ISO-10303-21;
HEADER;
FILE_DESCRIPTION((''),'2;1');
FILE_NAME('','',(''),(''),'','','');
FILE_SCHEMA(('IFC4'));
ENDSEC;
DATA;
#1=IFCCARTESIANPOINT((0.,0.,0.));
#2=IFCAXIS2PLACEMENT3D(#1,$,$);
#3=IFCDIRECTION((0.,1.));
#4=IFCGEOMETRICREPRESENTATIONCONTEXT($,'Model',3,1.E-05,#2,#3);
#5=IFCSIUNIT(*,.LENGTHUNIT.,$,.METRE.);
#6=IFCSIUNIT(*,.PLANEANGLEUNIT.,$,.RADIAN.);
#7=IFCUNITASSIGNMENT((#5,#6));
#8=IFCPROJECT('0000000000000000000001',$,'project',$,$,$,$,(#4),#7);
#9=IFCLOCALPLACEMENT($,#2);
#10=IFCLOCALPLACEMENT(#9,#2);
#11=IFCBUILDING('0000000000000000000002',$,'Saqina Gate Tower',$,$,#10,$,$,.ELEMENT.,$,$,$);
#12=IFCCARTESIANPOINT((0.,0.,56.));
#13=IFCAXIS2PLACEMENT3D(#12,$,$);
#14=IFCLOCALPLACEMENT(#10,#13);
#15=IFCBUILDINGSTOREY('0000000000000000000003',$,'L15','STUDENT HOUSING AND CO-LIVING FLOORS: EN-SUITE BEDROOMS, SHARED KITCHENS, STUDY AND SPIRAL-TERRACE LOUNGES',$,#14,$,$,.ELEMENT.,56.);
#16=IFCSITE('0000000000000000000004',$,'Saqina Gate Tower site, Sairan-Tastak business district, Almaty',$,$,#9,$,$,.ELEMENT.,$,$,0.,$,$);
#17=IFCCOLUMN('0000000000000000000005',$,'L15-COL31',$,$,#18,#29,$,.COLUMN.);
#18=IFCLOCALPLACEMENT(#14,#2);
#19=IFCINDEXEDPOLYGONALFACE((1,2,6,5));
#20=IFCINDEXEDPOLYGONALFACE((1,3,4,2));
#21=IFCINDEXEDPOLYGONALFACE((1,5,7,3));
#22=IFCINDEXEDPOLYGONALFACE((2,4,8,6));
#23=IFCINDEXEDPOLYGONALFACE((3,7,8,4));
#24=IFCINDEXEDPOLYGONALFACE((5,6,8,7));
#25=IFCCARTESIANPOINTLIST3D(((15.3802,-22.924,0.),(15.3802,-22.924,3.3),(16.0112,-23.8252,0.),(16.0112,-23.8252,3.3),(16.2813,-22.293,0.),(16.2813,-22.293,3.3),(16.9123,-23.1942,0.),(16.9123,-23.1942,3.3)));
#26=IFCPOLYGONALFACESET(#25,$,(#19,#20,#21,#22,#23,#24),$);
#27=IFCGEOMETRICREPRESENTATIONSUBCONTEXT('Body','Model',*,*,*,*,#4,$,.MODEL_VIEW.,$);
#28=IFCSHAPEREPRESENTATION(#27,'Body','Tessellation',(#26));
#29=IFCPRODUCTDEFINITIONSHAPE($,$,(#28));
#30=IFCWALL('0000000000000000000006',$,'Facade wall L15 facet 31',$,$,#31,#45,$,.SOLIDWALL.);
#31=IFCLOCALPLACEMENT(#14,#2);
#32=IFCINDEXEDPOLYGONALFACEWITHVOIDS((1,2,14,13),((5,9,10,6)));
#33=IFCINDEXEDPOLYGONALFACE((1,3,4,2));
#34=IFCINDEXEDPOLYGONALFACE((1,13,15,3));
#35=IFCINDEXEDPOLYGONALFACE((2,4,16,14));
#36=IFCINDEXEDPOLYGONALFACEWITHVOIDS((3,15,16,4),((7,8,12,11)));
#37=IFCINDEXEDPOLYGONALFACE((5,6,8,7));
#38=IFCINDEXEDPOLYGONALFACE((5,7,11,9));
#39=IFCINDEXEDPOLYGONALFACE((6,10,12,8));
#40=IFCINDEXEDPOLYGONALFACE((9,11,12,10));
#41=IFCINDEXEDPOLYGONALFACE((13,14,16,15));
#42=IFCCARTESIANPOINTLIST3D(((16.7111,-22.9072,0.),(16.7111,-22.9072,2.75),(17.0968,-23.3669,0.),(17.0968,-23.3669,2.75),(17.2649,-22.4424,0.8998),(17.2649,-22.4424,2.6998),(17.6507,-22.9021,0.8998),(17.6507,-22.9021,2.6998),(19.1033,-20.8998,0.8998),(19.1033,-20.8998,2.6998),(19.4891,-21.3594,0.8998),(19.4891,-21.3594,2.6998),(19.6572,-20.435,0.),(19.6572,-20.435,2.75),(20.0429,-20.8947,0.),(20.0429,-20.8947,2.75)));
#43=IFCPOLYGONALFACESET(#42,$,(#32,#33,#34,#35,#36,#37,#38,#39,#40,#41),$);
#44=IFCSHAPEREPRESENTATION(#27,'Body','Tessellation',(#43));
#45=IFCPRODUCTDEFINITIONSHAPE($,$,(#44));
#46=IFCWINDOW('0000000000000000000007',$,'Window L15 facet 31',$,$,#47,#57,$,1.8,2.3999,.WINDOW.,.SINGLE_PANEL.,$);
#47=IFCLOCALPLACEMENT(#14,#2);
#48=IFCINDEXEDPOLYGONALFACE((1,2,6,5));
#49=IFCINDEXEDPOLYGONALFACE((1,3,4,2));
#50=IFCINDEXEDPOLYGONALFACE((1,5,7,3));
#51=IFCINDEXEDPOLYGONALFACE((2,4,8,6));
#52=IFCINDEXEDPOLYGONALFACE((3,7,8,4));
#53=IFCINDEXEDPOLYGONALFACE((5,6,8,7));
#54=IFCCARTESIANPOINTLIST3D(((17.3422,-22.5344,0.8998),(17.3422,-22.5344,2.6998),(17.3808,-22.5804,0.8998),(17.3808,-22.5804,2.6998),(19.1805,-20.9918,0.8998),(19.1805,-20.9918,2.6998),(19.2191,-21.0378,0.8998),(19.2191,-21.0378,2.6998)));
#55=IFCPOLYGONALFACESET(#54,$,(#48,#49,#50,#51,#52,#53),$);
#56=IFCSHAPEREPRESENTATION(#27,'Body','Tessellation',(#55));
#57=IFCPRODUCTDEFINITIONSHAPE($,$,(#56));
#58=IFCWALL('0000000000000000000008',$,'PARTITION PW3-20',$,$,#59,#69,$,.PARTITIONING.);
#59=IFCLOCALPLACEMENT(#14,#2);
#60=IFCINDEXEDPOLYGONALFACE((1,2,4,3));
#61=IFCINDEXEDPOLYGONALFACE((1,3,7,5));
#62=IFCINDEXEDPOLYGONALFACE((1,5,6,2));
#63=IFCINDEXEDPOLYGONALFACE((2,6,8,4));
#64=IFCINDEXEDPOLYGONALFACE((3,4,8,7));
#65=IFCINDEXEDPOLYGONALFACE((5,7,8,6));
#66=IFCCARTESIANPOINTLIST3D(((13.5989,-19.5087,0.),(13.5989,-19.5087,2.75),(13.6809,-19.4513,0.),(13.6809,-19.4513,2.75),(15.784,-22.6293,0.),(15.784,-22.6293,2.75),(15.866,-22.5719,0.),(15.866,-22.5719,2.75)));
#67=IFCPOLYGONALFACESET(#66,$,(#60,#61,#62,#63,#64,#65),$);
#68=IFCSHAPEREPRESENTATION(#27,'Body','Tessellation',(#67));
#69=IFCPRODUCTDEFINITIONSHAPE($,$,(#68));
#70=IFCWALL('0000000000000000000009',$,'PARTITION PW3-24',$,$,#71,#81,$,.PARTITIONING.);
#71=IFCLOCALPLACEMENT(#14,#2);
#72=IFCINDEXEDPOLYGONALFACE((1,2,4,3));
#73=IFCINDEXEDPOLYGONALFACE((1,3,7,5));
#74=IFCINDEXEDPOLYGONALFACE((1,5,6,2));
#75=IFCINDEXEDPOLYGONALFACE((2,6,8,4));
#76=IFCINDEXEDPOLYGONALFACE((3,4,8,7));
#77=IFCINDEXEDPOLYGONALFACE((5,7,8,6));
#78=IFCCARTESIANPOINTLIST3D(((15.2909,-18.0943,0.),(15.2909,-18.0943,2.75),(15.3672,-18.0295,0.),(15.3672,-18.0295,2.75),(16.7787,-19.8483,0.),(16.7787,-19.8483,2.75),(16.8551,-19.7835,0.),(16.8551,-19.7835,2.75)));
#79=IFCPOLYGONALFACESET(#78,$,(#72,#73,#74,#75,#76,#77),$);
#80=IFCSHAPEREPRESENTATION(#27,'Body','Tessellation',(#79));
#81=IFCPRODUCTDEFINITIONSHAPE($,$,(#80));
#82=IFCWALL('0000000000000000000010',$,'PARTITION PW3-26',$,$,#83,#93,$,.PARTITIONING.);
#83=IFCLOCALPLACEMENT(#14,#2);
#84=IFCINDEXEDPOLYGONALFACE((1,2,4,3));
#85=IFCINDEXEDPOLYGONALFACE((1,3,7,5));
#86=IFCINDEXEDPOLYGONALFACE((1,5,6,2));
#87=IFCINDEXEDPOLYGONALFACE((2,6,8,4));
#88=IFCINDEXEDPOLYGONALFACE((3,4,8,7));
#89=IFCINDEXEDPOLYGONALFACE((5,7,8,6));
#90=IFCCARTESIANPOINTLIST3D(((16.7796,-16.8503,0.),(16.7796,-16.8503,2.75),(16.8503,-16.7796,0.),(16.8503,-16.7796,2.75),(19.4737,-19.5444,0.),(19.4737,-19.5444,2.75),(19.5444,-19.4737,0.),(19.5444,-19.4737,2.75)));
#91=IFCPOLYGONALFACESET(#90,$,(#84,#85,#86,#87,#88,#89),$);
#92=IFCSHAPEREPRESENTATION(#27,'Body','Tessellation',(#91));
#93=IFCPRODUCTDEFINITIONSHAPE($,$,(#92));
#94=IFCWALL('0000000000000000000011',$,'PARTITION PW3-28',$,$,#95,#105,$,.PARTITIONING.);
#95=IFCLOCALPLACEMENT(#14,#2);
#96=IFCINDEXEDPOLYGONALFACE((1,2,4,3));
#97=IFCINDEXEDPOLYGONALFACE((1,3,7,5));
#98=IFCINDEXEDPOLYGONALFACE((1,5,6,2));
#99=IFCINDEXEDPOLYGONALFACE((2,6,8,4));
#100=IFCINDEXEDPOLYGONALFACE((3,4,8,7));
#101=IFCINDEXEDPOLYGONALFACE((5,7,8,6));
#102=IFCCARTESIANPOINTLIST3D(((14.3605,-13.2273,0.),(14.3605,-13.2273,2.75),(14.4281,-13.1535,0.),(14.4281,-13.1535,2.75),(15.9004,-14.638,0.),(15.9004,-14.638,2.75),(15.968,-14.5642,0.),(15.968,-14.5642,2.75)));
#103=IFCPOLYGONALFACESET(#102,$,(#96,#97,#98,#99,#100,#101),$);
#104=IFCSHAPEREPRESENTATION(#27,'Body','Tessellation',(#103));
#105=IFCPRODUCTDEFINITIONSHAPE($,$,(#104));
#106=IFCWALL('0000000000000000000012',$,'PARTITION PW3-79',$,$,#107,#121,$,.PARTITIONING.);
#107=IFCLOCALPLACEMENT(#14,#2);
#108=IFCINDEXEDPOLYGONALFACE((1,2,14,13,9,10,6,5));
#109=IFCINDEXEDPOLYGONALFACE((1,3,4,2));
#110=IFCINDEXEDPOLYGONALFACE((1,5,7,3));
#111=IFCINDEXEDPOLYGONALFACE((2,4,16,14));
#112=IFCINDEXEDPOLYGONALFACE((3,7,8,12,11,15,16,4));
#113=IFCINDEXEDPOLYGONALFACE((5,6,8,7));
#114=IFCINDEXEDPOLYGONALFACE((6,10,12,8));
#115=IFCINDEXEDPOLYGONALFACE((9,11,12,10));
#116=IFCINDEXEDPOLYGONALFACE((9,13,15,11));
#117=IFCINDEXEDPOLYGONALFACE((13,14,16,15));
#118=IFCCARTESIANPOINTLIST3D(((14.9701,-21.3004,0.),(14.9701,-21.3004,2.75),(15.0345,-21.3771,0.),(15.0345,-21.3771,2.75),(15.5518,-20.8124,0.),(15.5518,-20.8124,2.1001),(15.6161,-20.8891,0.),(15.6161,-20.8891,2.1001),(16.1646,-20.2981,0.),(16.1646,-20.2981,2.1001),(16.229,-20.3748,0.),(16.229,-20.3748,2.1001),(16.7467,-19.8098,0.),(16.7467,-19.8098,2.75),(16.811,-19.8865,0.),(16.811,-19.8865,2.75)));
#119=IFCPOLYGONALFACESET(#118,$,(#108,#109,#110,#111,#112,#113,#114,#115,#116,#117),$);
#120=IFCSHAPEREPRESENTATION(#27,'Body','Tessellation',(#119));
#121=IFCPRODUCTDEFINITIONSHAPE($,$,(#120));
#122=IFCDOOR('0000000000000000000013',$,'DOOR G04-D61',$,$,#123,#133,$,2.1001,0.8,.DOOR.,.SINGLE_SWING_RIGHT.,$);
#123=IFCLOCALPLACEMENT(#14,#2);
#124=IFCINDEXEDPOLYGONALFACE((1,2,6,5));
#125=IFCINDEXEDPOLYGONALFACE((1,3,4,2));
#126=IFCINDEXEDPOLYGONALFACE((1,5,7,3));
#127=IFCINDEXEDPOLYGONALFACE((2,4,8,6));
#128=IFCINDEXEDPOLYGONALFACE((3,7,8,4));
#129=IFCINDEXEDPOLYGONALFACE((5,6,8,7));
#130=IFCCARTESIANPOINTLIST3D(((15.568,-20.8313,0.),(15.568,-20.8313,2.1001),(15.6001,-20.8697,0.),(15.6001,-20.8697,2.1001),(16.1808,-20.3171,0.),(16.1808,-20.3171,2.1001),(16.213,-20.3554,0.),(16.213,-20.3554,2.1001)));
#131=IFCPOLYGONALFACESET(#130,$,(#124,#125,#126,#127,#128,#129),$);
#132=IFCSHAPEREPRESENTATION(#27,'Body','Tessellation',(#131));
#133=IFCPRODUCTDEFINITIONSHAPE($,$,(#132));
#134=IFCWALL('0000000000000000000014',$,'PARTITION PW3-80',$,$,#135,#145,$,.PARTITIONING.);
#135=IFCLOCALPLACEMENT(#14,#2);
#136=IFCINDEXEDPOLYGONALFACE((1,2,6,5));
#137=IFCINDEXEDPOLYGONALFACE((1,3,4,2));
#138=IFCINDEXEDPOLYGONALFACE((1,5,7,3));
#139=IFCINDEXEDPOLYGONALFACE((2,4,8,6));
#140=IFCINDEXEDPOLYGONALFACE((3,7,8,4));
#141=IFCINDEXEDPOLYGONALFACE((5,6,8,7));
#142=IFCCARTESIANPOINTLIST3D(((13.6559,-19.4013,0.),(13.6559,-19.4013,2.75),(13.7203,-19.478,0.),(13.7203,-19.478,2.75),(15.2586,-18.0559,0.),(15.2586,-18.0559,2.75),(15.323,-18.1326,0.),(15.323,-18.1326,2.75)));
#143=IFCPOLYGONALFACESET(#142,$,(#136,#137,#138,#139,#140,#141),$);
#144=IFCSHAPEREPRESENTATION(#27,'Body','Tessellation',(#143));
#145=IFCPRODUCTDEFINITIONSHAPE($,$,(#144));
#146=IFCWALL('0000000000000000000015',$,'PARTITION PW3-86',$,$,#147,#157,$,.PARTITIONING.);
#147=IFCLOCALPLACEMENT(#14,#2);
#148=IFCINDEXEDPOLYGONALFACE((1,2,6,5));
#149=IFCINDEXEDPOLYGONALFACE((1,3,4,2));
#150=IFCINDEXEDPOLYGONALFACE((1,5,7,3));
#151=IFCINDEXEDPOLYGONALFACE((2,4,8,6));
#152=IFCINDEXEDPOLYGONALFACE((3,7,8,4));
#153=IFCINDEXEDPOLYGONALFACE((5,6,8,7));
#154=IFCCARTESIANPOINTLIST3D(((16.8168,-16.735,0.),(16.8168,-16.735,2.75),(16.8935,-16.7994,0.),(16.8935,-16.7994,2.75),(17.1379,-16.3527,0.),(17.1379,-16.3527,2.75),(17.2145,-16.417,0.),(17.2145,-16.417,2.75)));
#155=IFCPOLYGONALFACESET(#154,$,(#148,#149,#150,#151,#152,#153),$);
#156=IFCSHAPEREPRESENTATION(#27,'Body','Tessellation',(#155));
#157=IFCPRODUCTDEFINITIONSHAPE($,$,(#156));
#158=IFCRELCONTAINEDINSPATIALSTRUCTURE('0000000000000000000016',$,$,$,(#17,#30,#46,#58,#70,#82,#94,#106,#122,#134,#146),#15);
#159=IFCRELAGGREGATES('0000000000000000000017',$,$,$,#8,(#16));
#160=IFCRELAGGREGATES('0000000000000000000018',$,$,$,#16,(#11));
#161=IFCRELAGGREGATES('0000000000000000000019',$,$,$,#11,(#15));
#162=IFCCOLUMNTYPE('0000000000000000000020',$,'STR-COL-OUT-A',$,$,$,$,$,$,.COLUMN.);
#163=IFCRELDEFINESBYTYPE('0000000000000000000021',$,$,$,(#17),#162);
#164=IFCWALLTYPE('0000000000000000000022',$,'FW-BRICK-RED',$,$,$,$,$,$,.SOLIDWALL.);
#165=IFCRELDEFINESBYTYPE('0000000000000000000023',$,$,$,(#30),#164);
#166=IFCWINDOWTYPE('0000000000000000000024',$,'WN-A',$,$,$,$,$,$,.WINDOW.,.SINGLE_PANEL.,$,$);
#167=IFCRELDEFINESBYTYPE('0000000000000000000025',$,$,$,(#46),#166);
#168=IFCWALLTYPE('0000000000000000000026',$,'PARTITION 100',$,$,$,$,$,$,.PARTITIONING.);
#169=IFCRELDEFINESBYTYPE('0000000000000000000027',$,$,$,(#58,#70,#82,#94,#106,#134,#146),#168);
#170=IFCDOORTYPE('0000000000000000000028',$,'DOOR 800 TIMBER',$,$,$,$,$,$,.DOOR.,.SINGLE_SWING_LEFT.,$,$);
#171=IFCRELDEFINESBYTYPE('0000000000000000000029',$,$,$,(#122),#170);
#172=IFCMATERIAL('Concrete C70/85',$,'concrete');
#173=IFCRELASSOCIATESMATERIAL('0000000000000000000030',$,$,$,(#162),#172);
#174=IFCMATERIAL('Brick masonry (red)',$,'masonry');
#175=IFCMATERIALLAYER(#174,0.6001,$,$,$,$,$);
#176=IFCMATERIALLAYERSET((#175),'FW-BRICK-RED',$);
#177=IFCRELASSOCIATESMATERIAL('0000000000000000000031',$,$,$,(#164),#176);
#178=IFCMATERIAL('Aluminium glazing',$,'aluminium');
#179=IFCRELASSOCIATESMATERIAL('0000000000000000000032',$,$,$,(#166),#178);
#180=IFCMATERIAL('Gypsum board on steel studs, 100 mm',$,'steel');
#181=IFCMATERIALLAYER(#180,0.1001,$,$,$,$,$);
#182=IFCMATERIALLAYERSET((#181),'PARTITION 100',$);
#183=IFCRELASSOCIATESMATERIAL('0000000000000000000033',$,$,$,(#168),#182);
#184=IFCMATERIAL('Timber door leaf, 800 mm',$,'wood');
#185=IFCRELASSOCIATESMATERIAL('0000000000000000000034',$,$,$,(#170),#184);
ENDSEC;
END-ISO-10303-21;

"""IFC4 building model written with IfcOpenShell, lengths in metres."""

from ifc_helpers import new_model, si_unit, direction, frame, frame_2d, origin, origin_2d, place, context, subcontext, project, spatial, rectangle, extrude, material, layer, layer_set, material_profile, profile_set, type_object, element, fill, save


model = new_model("IFC4")

# Units and contexts
model_context = context("Model", 3, precision=1e-05, world=origin(), true_north=direction((0.0, 1.0)))
body_context = subcontext(model_context, "Body", "Model", "MODEL_VIEW")
ifc_project = project(units=[si_unit("LENGTHUNIT", "METRE"), si_unit("PLANEANGLEUNIT", "RADIAN")], contexts=[model_context])

# Site, building, storey
site_placement = place(None, origin())
site = spatial("IfcSite", under=ifc_project, at=site_placement, Name="Saqina Gate Tower site, Sairan-Tastak business district, Almaty", CompositionType="ELEMENT", RefElevation=0.0)
building_placement = place(site_placement, origin())
building = spatial("IfcBuilding", under=site, at=building_placement, Name="Saqina Gate Tower", CompositionType="ELEMENT")
storey_placement = place(building_placement, frame((0.0, 0.0, 56.0)))
storey = spatial("IfcBuildingStorey", under=building, at=storey_placement, Name="L15", Description="STUDENT HOUSING AND CO-LIVING FLOORS: EN-SUITE BEDROOMS, SHARED KITCHENS, STUDY AND SPIRAL-TERRACE LOUNGES", CompositionType="ELEMENT", Elevation=56.0)

# Column
ifc_material_1 = material(Name="Concrete C70/85", Category="concrete")
ifc_material_profile = material_profile(ifc_material_1, rectangle(XDim=1.1001, YDim=1.1001, at=origin_2d()), Name="RC 1100x1100")
ifc_profile_set = profile_set([ifc_material_profile], Name="Concrete C70/85")
column_type = type_object("IfcColumnType", Name="STR-COL-OUT-A", PredefinedType="COLUMN", material=ifc_profile_set)
column_placement = place(storey_placement, frame((16.1462, -23.0591, 0.0), z_axis=(0.0, 0.0, 1.0), x_axis=(0.573576, -0.819152, 0.0)))
element("IfcColumn", 1, at=column_placement, inside=storey, type_object=column_type, Name="L15-COL31", PredefinedType="COLUMN", context=body_context, shape_type="SweptSolid", body=[
    extrude(rectangle(XDim=1.1001, YDim=1.1001, at=origin_2d()), origin(), (0.0, 0.0, 1.0), 3.3),
])

# Wall, opening, window
ifc_material_2 = material(Name="Brick masonry (red)", Category="masonry")
ifc_layer_1 = layer(ifc_material_2, 0.6001)
ifc_layer_set_1 = layer_set([ifc_layer_1], Name="FW-BRICK-RED")
wall_type_1 = type_object("IfcWallType", Name="FW-BRICK-RED", PredefinedType="SOLIDWALL", material=ifc_layer_set_1)
wall_1_placement = place(storey_placement, frame((16.9041, -23.137, 0.0), z_axis=(0.0, 0.0, 1.0), x_axis=(0.766026, 0.642809, 0.0)))
wall_1 = element("IfcWall", 2, at=wall_1_placement, inside=storey, type_object=wall_type_1, Name="Facade wall L15 facet 31", PredefinedType="SOLIDWALL", context=body_context, shape_type="SweptSolid", body=[
    extrude(rectangle(XDim=3.8459, YDim=0.6001, at=frame_2d((1.9229, 0.0))), origin(), (0.0, 0.0, 1.0), 2.75),
])
opening_1_placement = place(wall_1_placement, frame((0.7229, 0.0, 0.8999)))
opening_1 = element("IfcOpeningElement", 3, at=opening_1_placement, cuts=wall_1, PredefinedType="OPENING", context=body_context, shape_type="SweptSolid", body=[
    extrude(rectangle(XDim=2.3999, YDim=1.8, at=frame_2d((1.2, 0.8999))), frame((0.0, 0.312, 0.0), z_axis=(0.0, -1.0, 0.0), x_axis=(1.0, 0.0, 0.0)), (0.0, 0.0, 1.0), 0.624),
])
ifc_material_3 = material(Name="Aluminium glazing", Category="aluminium")
window_type = type_object("IfcWindowType", Name="WN-A", PartitioningType="SINGLE_PANEL", PredefinedType="WINDOW", material=ifc_material_3)
window_placement = place(opening_1_placement, origin())
window = element("IfcWindow", 4, at=window_placement, inside=storey, type_object=window_type, Name="Window L15 facet 31", OverallHeight=1.8, OverallWidth=2.3999, PartitioningType="SINGLE_PANEL", PredefinedType="WINDOW", context=body_context, shape_type="SweptSolid", body=[
    extrude(rectangle(XDim=2.3999, YDim=1.8, at=frame_2d((1.2, 0.8999))), frame((0.0, 0.1799, 0.0), z_axis=(0.0, -1.0, 0.0), x_axis=(1.0, 0.0, 0.0)), (0.0, 0.0, 1.0), 0.0601),
])
fill(opening_1, window)

# Walls
ifc_material_4 = material(Name="Gypsum board on steel studs, 100 mm", Category="steel")
ifc_layer_2 = layer(ifc_material_4, 0.1001)
ifc_layer_set_2 = layer_set([ifc_layer_2], Name="PARTITION 100")
wall_type_2 = type_object("IfcWallType", Name="PARTITION 100", PredefinedType="PARTITIONING", material=ifc_layer_set_2)
wall_2_placement = place(storey_placement, frame((13.6399, -19.48, 0.0), z_axis=(0.0, 0.0, 1.0), x_axis=(0.573574, -0.819154, 0.0)))
element("IfcWall", 5, at=wall_2_placement, inside=storey, type_object=wall_type_2, Name="PARTITION PW3-20", PredefinedType="PARTITIONING", context=body_context, shape_type="SweptSolid", body=[
    extrude(rectangle(XDim=3.8096, YDim=0.1001, at=frame_2d((1.9048, 0.0))), origin(), (0.0, 0.0, 1.0), 2.75),
])
wall_3_placement = place(storey_placement, frame((15.3291, -18.062, 0.0), z_axis=(0.0, 0.0, 1.0), x_axis=(0.646884, -0.762588, 0.0)))
element("IfcWall", 6, at=wall_3_placement, inside=storey, type_object=wall_type_2, Name="PARTITION PW3-24", PredefinedType="PARTITIONING", context=body_context, shape_type="SweptSolid", body=[
    extrude(rectangle(XDim=2.3, YDim=0.1001, at=frame_2d((1.1499, 0.0))), origin(), (0.0, 0.0, 1.0), 2.75),
])
wall_4_placement = place(storey_placement, frame((16.8149, -16.8149, 0.0), z_axis=(0.0, 0.0, 1.0), x_axis=(0.707107, -0.707107, 0.0)))
element("IfcWall", 7, at=wall_4_placement, inside=storey, type_object=wall_type_2, Name="PARTITION PW3-26", PredefinedType="PARTITIONING", context=body_context, shape_type="SweptSolid", body=[
    extrude(rectangle(XDim=3.8101, YDim=0.1001, at=frame_2d((1.905, 0.0))), origin(), (0.0, 0.0, 1.0), 2.75),
])
wall_5_placement = place(storey_placement, frame((14.3943, -13.1904, 0.0), z_axis=(0.0, 0.0, 1.0), x_axis=(0.737353, -0.675508, 0.0)))
element("IfcWall", 8, at=wall_5_placement, inside=storey, type_object=wall_type_2, Name="PARTITION PW3-28", PredefinedType="PARTITIONING", context=body_context, shape_type="SweptSolid", body=[
    extrude(rectangle(XDim=2.0884, YDim=0.1001, at=frame_2d((1.0442, 0.0))), origin(), (0.0, 0.0, 1.0), 2.75),
])

# Wall, opening, door
wall_6_placement = place(storey_placement, frame((15.0022, -21.3389, 0.0), z_axis=(0.0, 0.0, 1.0), x_axis=(0.766051, 0.64278, 0.0)))
wall_6 = element("IfcWall", 9, at=wall_6_placement, inside=storey, type_object=wall_type_2, Name="PARTITION PW3-79", PredefinedType="PARTITIONING", context=body_context, shape_type="SweptSolid", body=[
    extrude(rectangle(XDim=2.3191, YDim=0.1001, at=frame_2d((1.1597, 0.0))), origin(), (0.0, 0.0, 1.0), 2.75),
])
opening_2_placement = place(wall_6_placement, frame((0.7595, 0.0, 0.0)))
opening_2 = element("IfcOpeningElement", 10, at=opening_2_placement, cuts=wall_6, PredefinedType="OPENING", context=body_context, shape_type="SweptSolid", body=[
    extrude(rectangle(XDim=0.8, YDim=2.1001, at=frame_2d((0.3999, 1.05))), frame((0.0, 0.062, 0.0), z_axis=(0.0, -1.0, 0.0), x_axis=(1.0, 0.0, 0.0)), (0.0, 0.0, 1.0), 0.124),
])
ifc_material_5 = material(Name="Timber door leaf, 800 mm", Category="wood")
door_type_1 = type_object("IfcDoorType", Name="DOOR 800 TIMBER", OperationType="SINGLE_SWING_LEFT", PredefinedType="DOOR", material=ifc_material_5)
door_1_placement = place(opening_2_placement, frame((0.8, 0.0, 0.0), z_axis=(0.0, 0.0, 1.0), x_axis=(-1.0, 0.0, 0.0)))
door_1 = element("IfcDoor", 11, at=door_1_placement, inside=storey, type_object=door_type_1, Name="DOOR G04-D61", OperationType="SINGLE_SWING_RIGHT", OverallHeight=2.1001, OverallWidth=0.8, PredefinedType="DOOR", context=body_context, shape_type="SweptSolid", body=[
    extrude(rectangle(XDim=0.8, YDim=2.1001, at=frame_2d((0.3999, 1.05))), frame((0.0, 0.0249, 0.0), z_axis=(0.0, -1.0, 0.0), x_axis=(1.0, 0.0, 0.0)), (0.0, 0.0, 1.0), 0.05),
])
fill(opening_2, door_1)

# Walls
wall_7_placement = place(storey_placement, frame((13.688, -19.4397, 0.0), z_axis=(0.0, 0.0, 1.0), x_axis=(0.765912, 0.642946, 0.0)))
element("IfcWall", 12, at=wall_7_placement, inside=storey, type_object=wall_type_2, Name="PARTITION PW3-80", PredefinedType="PARTITIONING", context=body_context, shape_type="SweptSolid", body=[
    extrude(rectangle(XDim=2.0925, YDim=0.1001, at=frame_2d((1.0464, 0.0))), origin(), (0.0, 0.0, 1.0), 2.75),
])
wall_8_placement = place(storey_placement, frame((16.8552, -16.7671, 0.0), z_axis=(0.0, 0.0, 1.0), x_axis=(0.643066, 0.765811, 0.0)))
element("IfcWall", 13, at=wall_8_placement, inside=storey, type_object=wall_type_2, Name="PARTITION PW3-86", PredefinedType="PARTITIONING", context=body_context, shape_type="SweptSolid", body=[
    extrude(rectangle(XDim=0.4993, YDim=0.1001, at=frame_2d((0.2495, 0.0))), origin(), (0.0, 0.0, 1.0), 2.75),
])

save(model, "model.ifc")
